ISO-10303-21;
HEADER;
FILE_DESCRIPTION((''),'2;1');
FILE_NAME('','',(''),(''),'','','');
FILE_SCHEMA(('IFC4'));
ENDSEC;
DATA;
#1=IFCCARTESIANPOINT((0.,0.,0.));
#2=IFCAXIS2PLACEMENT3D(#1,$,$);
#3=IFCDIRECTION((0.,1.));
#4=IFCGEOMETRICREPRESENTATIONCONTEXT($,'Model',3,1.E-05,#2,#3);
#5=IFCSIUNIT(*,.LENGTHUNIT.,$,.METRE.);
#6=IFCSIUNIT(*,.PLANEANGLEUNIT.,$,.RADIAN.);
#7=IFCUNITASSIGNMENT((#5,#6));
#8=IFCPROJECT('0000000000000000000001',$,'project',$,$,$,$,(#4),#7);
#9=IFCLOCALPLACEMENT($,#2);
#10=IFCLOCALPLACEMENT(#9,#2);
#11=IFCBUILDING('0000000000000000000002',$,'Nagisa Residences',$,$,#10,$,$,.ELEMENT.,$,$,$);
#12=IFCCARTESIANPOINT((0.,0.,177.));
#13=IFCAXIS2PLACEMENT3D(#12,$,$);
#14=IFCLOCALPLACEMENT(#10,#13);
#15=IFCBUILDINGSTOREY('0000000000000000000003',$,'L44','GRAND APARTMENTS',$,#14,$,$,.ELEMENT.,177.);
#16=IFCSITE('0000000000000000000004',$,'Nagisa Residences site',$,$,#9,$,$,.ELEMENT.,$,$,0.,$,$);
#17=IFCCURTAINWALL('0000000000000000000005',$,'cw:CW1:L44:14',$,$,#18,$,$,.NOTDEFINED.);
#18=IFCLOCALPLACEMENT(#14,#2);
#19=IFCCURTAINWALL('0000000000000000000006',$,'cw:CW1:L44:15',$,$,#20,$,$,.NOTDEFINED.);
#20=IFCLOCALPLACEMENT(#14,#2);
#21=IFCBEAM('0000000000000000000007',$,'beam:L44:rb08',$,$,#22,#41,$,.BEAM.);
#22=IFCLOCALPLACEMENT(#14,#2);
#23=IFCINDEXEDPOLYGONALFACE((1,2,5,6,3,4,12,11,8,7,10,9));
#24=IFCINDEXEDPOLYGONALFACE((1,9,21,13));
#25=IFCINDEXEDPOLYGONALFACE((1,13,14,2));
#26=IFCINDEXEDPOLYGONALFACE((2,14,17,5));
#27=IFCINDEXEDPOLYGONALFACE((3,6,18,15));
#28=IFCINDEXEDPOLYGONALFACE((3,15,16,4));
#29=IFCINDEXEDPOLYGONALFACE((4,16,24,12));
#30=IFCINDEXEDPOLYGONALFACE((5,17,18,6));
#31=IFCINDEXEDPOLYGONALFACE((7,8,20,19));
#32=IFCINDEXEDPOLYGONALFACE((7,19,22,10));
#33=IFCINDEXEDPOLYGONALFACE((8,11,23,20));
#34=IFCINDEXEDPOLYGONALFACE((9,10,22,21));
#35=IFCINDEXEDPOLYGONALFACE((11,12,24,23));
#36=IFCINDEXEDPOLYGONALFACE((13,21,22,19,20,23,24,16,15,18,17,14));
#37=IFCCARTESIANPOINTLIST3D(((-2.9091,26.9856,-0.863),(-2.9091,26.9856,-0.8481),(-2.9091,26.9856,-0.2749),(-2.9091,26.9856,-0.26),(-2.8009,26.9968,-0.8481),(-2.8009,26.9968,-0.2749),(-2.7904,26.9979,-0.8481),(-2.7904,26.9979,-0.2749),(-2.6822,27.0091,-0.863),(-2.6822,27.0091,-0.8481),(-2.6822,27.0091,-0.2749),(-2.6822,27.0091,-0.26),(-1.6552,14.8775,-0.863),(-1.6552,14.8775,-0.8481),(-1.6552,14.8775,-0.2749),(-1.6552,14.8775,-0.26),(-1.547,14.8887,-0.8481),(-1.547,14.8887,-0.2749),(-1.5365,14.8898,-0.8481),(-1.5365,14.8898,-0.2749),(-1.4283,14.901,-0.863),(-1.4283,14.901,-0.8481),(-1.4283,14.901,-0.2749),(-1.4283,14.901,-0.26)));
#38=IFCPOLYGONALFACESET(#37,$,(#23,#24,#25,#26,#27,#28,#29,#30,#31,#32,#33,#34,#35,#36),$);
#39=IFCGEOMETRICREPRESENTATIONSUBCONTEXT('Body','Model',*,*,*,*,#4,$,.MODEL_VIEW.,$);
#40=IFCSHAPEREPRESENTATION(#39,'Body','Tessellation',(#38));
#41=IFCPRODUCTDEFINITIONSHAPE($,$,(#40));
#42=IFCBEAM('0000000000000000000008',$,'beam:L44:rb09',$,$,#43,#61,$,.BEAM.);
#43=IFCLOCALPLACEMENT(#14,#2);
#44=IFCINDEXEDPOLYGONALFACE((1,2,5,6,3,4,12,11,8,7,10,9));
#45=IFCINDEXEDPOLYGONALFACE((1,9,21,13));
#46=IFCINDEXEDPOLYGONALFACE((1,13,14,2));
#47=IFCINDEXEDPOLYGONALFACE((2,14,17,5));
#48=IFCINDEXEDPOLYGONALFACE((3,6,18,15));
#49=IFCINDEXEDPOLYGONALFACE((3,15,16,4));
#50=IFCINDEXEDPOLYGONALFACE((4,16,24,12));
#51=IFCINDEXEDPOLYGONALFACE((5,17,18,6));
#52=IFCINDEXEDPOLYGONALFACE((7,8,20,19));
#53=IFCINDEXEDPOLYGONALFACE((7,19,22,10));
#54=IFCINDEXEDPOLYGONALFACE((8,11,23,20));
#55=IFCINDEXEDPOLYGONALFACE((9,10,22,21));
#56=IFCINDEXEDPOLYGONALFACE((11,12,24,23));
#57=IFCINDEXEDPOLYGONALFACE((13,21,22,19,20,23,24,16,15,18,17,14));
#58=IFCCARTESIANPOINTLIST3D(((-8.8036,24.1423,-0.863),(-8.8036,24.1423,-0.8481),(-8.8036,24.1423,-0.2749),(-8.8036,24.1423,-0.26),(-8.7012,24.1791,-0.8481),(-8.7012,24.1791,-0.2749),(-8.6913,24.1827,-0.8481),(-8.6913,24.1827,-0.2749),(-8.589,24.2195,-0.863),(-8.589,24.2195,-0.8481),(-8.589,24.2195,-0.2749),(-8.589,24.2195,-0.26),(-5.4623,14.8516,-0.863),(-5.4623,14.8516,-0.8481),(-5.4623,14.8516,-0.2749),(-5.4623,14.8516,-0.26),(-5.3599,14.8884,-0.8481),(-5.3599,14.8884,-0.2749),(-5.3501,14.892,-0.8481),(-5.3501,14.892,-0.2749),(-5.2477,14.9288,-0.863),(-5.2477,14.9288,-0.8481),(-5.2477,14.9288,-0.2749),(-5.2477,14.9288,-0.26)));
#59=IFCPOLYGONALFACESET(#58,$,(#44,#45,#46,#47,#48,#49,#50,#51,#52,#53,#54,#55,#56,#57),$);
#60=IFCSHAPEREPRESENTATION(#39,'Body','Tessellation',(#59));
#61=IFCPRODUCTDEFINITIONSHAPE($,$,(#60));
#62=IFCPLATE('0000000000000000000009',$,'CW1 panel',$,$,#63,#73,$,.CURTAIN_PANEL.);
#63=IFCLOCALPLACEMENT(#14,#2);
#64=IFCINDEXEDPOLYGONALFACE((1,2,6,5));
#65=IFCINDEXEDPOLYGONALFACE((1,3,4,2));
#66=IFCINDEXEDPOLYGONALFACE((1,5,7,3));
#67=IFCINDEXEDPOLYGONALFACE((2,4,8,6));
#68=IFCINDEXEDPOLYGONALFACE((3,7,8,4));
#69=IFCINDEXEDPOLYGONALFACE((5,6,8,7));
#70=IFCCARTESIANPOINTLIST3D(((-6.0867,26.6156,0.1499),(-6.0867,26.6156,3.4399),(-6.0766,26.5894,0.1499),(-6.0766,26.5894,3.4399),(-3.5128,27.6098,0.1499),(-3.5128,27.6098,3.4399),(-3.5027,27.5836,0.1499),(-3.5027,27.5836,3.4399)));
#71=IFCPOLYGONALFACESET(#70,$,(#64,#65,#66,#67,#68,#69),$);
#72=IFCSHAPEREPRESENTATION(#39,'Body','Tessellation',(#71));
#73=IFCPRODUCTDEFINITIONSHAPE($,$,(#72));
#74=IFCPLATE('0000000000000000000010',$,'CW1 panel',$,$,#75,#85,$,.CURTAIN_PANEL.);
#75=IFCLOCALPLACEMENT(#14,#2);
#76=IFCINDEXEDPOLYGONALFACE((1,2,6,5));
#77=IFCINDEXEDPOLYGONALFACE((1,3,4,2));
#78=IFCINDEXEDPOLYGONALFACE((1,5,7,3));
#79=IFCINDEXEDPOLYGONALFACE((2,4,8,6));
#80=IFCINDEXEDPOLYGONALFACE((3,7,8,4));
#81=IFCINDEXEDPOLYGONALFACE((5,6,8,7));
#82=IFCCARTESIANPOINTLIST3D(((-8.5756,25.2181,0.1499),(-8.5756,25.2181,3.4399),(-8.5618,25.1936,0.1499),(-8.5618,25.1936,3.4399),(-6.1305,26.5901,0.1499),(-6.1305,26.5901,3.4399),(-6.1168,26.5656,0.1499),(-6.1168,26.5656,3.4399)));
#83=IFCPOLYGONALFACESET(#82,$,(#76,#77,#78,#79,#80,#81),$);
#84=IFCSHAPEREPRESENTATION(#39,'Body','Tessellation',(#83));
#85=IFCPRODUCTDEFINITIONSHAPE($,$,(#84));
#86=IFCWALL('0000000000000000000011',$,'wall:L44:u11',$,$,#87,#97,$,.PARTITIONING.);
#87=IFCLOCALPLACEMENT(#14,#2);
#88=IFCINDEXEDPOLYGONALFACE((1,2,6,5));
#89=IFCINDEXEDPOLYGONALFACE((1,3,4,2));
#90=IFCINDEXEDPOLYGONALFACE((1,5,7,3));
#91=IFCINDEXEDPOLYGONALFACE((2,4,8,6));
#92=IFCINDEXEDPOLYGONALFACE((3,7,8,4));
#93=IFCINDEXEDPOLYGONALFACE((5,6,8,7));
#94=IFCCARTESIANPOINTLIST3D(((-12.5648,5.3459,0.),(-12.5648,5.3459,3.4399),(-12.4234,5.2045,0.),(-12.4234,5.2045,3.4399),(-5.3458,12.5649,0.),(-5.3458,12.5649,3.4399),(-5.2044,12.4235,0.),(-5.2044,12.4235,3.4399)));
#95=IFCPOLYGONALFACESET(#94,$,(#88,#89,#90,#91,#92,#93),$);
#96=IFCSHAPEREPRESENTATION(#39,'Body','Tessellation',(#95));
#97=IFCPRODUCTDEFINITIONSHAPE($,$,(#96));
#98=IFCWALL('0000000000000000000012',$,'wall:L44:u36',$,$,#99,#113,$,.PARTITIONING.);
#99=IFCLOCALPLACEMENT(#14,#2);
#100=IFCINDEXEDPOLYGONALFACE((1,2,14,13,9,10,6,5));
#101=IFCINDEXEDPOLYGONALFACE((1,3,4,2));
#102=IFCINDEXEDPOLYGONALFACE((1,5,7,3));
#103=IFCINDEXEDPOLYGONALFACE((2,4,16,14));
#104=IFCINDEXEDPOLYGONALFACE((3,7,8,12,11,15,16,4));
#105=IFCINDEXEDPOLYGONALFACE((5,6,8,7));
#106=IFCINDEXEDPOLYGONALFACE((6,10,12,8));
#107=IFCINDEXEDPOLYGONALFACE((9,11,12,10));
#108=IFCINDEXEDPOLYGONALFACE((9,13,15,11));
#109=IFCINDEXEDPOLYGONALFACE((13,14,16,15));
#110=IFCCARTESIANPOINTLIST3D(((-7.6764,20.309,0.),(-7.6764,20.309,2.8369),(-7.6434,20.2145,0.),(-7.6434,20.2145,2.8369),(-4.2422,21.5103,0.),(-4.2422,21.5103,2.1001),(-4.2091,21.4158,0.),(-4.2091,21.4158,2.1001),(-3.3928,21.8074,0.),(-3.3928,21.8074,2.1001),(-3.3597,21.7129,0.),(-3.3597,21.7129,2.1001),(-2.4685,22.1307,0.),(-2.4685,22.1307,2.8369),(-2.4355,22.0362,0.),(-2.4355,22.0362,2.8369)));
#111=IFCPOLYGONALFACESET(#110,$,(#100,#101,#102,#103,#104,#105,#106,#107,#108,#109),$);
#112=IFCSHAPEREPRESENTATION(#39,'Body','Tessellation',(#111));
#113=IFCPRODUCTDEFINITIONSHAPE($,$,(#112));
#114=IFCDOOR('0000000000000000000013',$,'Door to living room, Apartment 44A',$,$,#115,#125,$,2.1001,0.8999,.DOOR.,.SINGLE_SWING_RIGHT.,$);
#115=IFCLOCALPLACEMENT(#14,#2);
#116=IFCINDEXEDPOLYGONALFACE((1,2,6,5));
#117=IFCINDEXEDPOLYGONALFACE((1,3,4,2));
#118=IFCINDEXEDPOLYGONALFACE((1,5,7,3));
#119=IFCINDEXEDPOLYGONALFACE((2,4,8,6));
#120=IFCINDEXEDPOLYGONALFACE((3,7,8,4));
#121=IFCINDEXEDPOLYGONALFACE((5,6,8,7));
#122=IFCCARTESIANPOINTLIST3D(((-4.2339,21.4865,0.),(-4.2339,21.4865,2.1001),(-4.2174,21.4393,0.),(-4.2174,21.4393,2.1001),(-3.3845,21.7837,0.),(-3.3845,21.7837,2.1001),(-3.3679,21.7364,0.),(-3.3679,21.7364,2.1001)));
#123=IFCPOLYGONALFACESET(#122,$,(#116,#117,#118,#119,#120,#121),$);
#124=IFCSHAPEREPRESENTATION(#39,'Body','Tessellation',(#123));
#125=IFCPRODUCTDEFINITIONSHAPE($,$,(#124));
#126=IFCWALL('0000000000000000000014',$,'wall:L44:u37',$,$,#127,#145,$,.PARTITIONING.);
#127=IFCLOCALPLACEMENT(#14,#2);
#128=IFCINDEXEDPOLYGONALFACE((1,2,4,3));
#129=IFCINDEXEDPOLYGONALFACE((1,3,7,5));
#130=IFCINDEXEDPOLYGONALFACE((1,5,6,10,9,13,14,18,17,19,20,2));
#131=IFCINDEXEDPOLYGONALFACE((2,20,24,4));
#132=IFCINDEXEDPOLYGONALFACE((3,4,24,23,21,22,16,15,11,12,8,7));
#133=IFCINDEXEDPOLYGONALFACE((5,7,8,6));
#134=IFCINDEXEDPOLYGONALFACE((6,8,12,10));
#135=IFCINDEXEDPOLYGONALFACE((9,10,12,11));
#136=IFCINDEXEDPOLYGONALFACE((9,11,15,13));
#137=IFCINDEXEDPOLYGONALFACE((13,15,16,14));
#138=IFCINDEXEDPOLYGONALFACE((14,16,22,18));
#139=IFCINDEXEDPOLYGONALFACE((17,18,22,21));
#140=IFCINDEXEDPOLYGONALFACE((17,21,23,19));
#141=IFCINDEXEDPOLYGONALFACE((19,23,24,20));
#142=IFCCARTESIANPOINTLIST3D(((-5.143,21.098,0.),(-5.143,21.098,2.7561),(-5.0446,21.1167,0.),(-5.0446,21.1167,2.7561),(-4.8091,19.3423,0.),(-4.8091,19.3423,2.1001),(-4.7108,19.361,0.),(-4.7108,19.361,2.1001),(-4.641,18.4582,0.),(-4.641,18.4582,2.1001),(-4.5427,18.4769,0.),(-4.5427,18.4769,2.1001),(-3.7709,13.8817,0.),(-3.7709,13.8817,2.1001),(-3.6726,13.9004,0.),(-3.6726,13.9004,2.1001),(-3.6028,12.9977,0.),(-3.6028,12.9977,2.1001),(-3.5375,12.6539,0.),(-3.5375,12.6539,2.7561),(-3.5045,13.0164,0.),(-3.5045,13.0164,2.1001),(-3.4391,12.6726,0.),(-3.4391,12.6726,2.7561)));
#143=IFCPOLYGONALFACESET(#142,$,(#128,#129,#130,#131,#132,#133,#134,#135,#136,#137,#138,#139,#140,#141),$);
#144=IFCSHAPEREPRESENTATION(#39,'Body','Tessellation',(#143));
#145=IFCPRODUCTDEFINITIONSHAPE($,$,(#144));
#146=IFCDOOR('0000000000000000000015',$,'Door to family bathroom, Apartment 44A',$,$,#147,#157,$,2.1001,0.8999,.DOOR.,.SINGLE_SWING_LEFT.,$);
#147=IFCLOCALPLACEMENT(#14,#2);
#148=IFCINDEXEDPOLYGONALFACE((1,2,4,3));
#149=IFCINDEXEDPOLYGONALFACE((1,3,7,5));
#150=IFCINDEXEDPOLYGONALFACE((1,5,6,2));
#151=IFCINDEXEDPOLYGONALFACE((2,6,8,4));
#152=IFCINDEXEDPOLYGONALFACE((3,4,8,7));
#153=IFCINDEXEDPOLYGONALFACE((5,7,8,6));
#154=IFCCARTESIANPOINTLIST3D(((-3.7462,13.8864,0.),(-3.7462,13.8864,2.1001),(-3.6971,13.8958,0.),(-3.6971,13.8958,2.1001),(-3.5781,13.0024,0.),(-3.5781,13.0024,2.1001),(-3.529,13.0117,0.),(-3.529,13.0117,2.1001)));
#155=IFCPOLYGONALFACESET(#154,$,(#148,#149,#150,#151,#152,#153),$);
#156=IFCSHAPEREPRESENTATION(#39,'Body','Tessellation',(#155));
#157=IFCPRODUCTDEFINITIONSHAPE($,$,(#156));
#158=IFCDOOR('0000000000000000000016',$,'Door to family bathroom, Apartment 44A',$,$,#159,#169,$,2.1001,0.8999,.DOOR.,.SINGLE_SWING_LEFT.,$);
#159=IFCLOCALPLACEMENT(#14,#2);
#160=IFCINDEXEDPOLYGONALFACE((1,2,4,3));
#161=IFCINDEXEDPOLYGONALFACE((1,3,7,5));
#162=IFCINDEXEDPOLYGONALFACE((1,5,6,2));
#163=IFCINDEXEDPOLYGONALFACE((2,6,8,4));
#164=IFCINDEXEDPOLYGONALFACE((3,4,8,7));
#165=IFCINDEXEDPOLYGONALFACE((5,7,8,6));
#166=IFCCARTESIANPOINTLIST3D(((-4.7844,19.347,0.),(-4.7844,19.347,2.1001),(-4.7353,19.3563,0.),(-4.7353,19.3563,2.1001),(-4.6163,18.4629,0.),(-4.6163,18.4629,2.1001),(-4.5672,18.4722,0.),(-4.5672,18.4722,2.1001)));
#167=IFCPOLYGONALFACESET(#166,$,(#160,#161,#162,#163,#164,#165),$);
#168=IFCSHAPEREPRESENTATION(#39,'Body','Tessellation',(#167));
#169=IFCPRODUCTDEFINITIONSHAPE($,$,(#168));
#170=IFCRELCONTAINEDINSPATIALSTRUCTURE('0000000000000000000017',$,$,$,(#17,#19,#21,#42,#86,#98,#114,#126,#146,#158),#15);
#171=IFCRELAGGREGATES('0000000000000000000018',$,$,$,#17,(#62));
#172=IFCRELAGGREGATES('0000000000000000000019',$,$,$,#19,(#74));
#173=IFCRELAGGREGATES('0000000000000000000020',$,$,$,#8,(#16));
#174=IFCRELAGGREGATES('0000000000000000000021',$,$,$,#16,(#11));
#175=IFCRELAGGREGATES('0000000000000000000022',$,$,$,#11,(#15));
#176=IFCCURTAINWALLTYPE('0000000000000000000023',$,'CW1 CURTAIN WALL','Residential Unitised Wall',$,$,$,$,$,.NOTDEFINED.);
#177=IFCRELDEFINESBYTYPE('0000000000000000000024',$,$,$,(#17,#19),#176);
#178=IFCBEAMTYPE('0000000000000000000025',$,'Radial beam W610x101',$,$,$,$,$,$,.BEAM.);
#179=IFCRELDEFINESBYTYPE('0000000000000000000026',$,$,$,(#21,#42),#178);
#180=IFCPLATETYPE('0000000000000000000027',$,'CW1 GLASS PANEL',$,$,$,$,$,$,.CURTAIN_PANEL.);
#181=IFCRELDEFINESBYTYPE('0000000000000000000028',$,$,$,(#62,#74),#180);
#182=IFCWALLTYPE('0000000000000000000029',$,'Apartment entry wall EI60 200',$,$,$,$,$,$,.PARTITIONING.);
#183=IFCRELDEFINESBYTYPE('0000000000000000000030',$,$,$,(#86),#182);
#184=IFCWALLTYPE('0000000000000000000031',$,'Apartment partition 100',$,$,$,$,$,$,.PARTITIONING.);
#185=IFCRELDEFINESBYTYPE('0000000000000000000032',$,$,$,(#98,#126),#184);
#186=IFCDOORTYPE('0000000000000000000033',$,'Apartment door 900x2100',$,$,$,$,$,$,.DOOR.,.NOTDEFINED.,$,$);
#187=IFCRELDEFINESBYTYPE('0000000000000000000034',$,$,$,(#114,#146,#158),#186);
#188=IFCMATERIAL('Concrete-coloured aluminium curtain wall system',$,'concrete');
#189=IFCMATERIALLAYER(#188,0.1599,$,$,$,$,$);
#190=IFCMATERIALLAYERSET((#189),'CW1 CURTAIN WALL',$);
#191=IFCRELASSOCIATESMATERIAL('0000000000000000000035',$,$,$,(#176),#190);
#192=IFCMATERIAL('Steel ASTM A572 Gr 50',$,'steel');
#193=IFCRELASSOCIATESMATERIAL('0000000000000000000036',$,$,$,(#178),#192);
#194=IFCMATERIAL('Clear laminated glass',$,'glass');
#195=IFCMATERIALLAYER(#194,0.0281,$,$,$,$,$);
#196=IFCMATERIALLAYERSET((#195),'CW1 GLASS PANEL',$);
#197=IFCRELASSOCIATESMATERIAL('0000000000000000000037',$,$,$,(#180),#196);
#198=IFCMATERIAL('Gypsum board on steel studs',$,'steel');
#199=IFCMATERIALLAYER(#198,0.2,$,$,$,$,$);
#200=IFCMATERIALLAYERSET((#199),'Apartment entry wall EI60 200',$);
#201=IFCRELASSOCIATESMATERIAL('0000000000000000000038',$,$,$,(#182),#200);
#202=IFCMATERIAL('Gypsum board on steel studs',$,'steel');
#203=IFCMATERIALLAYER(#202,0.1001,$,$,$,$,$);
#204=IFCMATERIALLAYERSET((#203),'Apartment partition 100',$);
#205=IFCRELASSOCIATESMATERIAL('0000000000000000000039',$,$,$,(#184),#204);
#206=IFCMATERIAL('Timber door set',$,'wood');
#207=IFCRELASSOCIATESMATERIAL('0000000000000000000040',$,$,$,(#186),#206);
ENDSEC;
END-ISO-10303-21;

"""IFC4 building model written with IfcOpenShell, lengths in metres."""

from ifc_helpers import new_model, si_unit, direction, frame, frame_2d, origin, origin_2d, place, context, subcontext, project, spatial, rectangle, i_section, extrude, material, layer, layer_set, material_profile, profile_set, type_object, element, fill, aggregate, save


model = new_model("IFC4")

# Units and contexts
model_context = context("Model", 3, precision=1e-05, world=origin(), true_north=direction((0.0, 1.0)))
body_context = subcontext(model_context, "Body", "Model", "MODEL_VIEW")
ifc_project = project(units=[si_unit("LENGTHUNIT", "METRE"), si_unit("PLANEANGLEUNIT", "RADIAN")], contexts=[model_context])

# Site, building, storey
site_placement = place(None, origin())
site = spatial("IfcSite", under=ifc_project, at=site_placement, Name="Nagisa Residences site", CompositionType="ELEMENT", RefElevation=0.0)
building_placement = place(site_placement, origin())
building = spatial("IfcBuilding", under=site, at=building_placement, Name="Nagisa Residences", CompositionType="ELEMENT")
storey_placement = place(building_placement, frame((0.0, 0.0, 177.0)))
storey = spatial("IfcBuildingStorey", under=building, at=storey_placement, Name="L44", Description="GRAND APARTMENTS", CompositionType="ELEMENT", Elevation=177.0)

# Curtain walls
ifc_material_1 = material(Name="Concrete-coloured aluminium curtain wall system", Category="concrete")
ifc_layer_1 = layer(ifc_material_1, 0.1599)
ifc_layer_set_1 = layer_set([ifc_layer_1], Name="CW1 CURTAIN WALL")
curtain_wall_type = type_object("IfcCurtainWallType", Name="CW1 CURTAIN WALL", Description="Residential Unitised Wall", PredefinedType="NOTDEFINED", material=ifc_layer_set_1)
curtain_wall_1_placement = place(storey_placement, origin())
curtain_wall_1 = element("IfcCurtainWall", 1, at=curtain_wall_1_placement, inside=storey, type_object=curtain_wall_type, Name="cw:CW1:L44:14", PredefinedType="NOTDEFINED")
curtain_wall_2_placement = place(storey_placement, origin())
curtain_wall_2 = element("IfcCurtainWall", 2, at=curtain_wall_2_placement, inside=storey, type_object=curtain_wall_type, Name="cw:CW1:L44:15", PredefinedType="NOTDEFINED")

# Beams
ifc_material_2 = material(Name="Steel ASTM A572 Gr 50", Category="steel")
ifc_material_profile_1 = material_profile(ifc_material_2, i_section(OverallWidth=0.228, OverallDepth=0.603, WebThickness=0.0105, FlangeThickness=0.0149, at=origin_2d()), Name="W610x101")
ifc_profile_set_1 = profile_set([ifc_material_profile_1], Name="Steel ASTM A572 Gr 50")
beam_type_1 = type_object("IfcBeamType", Name="Radial beam W610x101", PredefinedType="BEAM", material=ifc_profile_set_1)
beam_1_placement = place(storey_placement, frame((-2.7957, 26.9973, -0.5615), z_axis=(0.103008, -0.994681, 0.0), x_axis=(0.994681, 0.103008, 0.0)))
element("IfcBeam", 3, at=beam_1_placement, inside=storey, type_object=beam_type_1, Name="beam:L44:rb08", PredefinedType="BEAM", context=body_context, shape_type="SweptSolid", body=[
    extrude(i_section(OverallWidth=0.228, OverallDepth=0.603, WebThickness=0.0105, FlangeThickness=0.0149, at=origin_2d()), origin(), (0.0, 0.0, 1.0), 12.1729),
])
beam_2_placement = place(storey_placement, frame((-8.6963, 24.1809, -0.5615), z_axis=(0.338417, -0.940996, 0.0), x_axis=(0.940996, 0.338417, 0.0)))
element("IfcBeam", 4, at=beam_2_placement, inside=storey, type_object=beam_type_1, Name="beam:L44:rb09", PredefinedType="BEAM", context=body_context, shape_type="SweptSolid", body=[
    extrude(i_section(OverallWidth=0.228, OverallDepth=0.603, WebThickness=0.0105, FlangeThickness=0.0149, at=origin_2d()), origin(), (0.0, 0.0, 1.0), 9.8733),
])

# Plates
ifc_material_3 = material(Name="Clear laminated glass", Category="glass")
ifc_layer_2 = layer(ifc_material_3, 0.0281)
ifc_layer_set_2 = layer_set([ifc_layer_2], Name="CW1 GLASS PANEL")
plate_type = type_object("IfcPlateType", Name="CW1 GLASS PANEL", PredefinedType="CURTAIN_PANEL", material=ifc_layer_set_2)
plate_1_placement = place(storey_placement, frame((-4.7947, 27.0996, 0.1499), z_axis=(0.0, 0.0, 1.0), x_axis=(-0.932826, -0.360328, 0.0)))
plate_1 = element("IfcPlate", 5, at=plate_1_placement, type_object=plate_type, Name="CW1 panel", PredefinedType="CURTAIN_PANEL", context=body_context, shape_type="SweptSolid", body=[
    extrude(rectangle(XDim=2.7593, YDim=0.0281, at=origin_2d()), origin(), (0.0, 0.0, 1.0), 3.29),
])
aggregate(curtain_wall_1, [plate_1])
plate_2_placement = place(storey_placement, frame((-7.3462, 25.8918, 0.1499), z_axis=(0.0, 0.0, 1.0), x_axis=(-0.872072, -0.489377, 0.0)))
plate_2 = element("IfcPlate", 6, at=plate_2_placement, type_object=plate_type, Name="CW1 panel", PredefinedType="CURTAIN_PANEL", context=body_context, shape_type="SweptSolid", body=[
    extrude(rectangle(XDim=2.8037, YDim=0.0281, at=origin_2d()), origin(), (0.0, 0.0, 1.0), 3.29),
])
aggregate(curtain_wall_2, [plate_2])

# Wall
ifc_material_4 = material(Name="Gypsum board on steel studs", Category="steel")
ifc_layer_3 = layer(ifc_material_4, 0.2)
ifc_layer_set_3 = layer_set([ifc_layer_3], Name="Apartment entry wall EI60 200")
wall_type_1 = type_object("IfcWallType", Name="Apartment entry wall EI60 200", PredefinedType="PARTITIONING", material=ifc_layer_set_3)
wall_1_placement = place(storey_placement, frame((-5.2751, 12.4941, 0.0), z_axis=(0.0, 0.0, 1.0), x_axis=(-0.707107, -0.707107, 0.0)))
element("IfcWall", 7, at=wall_1_placement, inside=storey, type_object=wall_type_1, Name="wall:L44:u11", PredefinedType="PARTITIONING", context=body_context, shape_type="SweptSolid", body=[
    extrude(rectangle(XDim=10.2092, YDim=0.2, at=frame_2d((5.1045, 0.0))), origin(), (0.0, 0.0, 1.0), 3.4399),
])

# Wall, opening, door
ifc_material_5 = material(Name="Gypsum board on steel studs", Category="steel")
ifc_layer_4 = layer(ifc_material_5, 0.1001)
ifc_layer_set_4 = layer_set([ifc_layer_4], Name="Apartment partition 100")
wall_type_2 = type_object("IfcWallType", Name="Apartment partition 100", PredefinedType="PARTITIONING", material=ifc_layer_set_4)
wall_2_placement = place(storey_placement, frame((-2.4519, 22.0835, 0.0), z_axis=(0.0, 0.0, 1.0), x_axis=(-0.943916, -0.330185, 0.0)))
wall_2 = element("IfcWall", 8, at=wall_2_placement, inside=storey, type_object=wall_type_2, Name="wall:L44:u36", PredefinedType="PARTITIONING", context=body_context, shape_type="SweptSolid", body=[
    extrude(rectangle(XDim=5.5173, YDim=0.1001, at=frame_2d((2.7588, 0.0))), origin(), (0.0, 0.0, 1.0), 2.8369),
])
opening_1_placement = place(wall_2_placement, frame((0.9792, 0.0, 0.0)))
opening_1 = element("IfcOpeningElement", 9, at=opening_1_placement, cuts=wall_2, PredefinedType="OPENING", context=body_context, shape_type="SweptSolid", body=[
    extrude(rectangle(XDim=0.8999, YDim=2.1001, at=frame_2d((0.45, 1.05))), frame((0.0, 0.0601, 0.0), z_axis=(0.0, -1.0, 0.0), x_axis=(1.0, 0.0, 0.0)), (0.0, 0.0, 1.0), 0.1201),
])
ifc_material_6 = material(Name="Timber door set", Category="wood")
door_type_1 = type_object("IfcDoorType", Name="Apartment door 900x2100", OperationType="NOTDEFINED", PredefinedType="DOOR", material=ifc_material_6)
door_1_placement = place(opening_1_placement, frame((0.8999, 0.0, 0.0), x_axis=(-1.0, 0.0, 0.0)))
door_1 = element("IfcDoor", 10, at=door_1_placement, inside=storey, type_object=door_type_1, Name="Door to living room, Apartment 44A", OperationType="SINGLE_SWING_RIGHT", OverallHeight=2.1001, OverallWidth=0.8999, PredefinedType="DOOR", context=body_context, shape_type="SweptSolid", body=[
    extrude(rectangle(XDim=0.8999, YDim=2.1001, at=frame_2d((0.45, 1.05))), frame((0.0, 0.0249, 0.0), z_axis=(0.0, -1.0, 0.0), x_axis=(1.0, 0.0, 0.0)), (0.0, 0.0, 1.0), 0.05),
])
fill(opening_1, door_1)

# Wall, openings, doors
wall_3_placement = place(storey_placement, frame((-3.4883, 12.6631, 0.0), z_axis=(0.0, 0.0, 1.0), x_axis=(-0.186783, 0.982401, 0.0)))
wall_3 = element("IfcWall", 11, at=wall_3_placement, inside=storey, type_object=wall_type_2, Name="wall:L44:u37", PredefinedType="PARTITIONING", context=body_context, shape_type="SweptSolid", body=[
    extrude(rectangle(XDim=8.5955, YDim=0.1001, at=frame_2d((4.2979, 0.0))), origin(), (0.0, 0.0, 1.0), 2.7561),
])
opening_2_placement = place(wall_3_placement, frame((0.3501, 0.0, 0.0)))
opening_2 = element("IfcOpeningElement", 12, at=opening_2_placement, cuts=wall_3, PredefinedType="OPENING", context=body_context, shape_type="SweptSolid", body=[
    extrude(rectangle(XDim=0.8999, YDim=2.1001, at=frame_2d((0.45, 1.05))), frame((0.0, 0.0601, 0.0), z_axis=(0.0, -1.0, 0.0), x_axis=(1.0, 0.0, 0.0)), (0.0, 0.0, 1.0), 0.1201),
])
opening_3_placement = place(wall_3_placement, frame((5.9084, 0.0, 0.0)))
opening_3 = element("IfcOpeningElement", 13, at=opening_3_placement, cuts=wall_3, PredefinedType="OPENING", context=body_context, shape_type="SweptSolid", body=[
    extrude(rectangle(XDim=0.8999, YDim=2.1001, at=frame_2d((0.45, 1.05))), frame((0.0, 0.0601, 0.0), z_axis=(0.0, -1.0, 0.0), x_axis=(1.0, 0.0, 0.0)), (0.0, 0.0, 1.0), 0.1201),
])
door_2_placement = place(opening_2_placement, origin())
door_2 = element("IfcDoor", 14, at=door_2_placement, inside=storey, type_object=door_type_1, Name="Door to family bathroom, Apartment 44A", OperationType="SINGLE_SWING_LEFT", OverallHeight=2.1001, OverallWidth=0.8999, PredefinedType="DOOR", context=body_context, shape_type="SweptSolid", body=[
    extrude(rectangle(XDim=0.8999, YDim=2.1001, at=frame_2d((0.45, 1.05))), frame((0.0, 0.0249, 0.0), z_axis=(0.0, -1.0, 0.0), x_axis=(1.0, 0.0, 0.0)), (0.0, 0.0, 1.0), 0.05),
])
fill(opening_2, door_2)
door_3_placement = place(opening_3_placement, origin())
door_3 = element("IfcDoor", 15, at=door_3_placement, inside=storey, type_object=door_type_1, Name="Door to family bathroom, Apartment 44A", OperationType="SINGLE_SWING_LEFT", OverallHeight=2.1001, OverallWidth=0.8999, PredefinedType="DOOR", context=body_context, shape_type="SweptSolid", body=[
    extrude(rectangle(XDim=0.8999, YDim=2.1001, at=frame_2d((0.45, 1.05))), frame((0.0, 0.0249, 0.0), z_axis=(0.0, -1.0, 0.0), x_axis=(1.0, 0.0, 0.0)), (0.0, 0.0, 1.0), 0.05),
])
fill(opening_3, door_3)

save(model, "model.ifc")
